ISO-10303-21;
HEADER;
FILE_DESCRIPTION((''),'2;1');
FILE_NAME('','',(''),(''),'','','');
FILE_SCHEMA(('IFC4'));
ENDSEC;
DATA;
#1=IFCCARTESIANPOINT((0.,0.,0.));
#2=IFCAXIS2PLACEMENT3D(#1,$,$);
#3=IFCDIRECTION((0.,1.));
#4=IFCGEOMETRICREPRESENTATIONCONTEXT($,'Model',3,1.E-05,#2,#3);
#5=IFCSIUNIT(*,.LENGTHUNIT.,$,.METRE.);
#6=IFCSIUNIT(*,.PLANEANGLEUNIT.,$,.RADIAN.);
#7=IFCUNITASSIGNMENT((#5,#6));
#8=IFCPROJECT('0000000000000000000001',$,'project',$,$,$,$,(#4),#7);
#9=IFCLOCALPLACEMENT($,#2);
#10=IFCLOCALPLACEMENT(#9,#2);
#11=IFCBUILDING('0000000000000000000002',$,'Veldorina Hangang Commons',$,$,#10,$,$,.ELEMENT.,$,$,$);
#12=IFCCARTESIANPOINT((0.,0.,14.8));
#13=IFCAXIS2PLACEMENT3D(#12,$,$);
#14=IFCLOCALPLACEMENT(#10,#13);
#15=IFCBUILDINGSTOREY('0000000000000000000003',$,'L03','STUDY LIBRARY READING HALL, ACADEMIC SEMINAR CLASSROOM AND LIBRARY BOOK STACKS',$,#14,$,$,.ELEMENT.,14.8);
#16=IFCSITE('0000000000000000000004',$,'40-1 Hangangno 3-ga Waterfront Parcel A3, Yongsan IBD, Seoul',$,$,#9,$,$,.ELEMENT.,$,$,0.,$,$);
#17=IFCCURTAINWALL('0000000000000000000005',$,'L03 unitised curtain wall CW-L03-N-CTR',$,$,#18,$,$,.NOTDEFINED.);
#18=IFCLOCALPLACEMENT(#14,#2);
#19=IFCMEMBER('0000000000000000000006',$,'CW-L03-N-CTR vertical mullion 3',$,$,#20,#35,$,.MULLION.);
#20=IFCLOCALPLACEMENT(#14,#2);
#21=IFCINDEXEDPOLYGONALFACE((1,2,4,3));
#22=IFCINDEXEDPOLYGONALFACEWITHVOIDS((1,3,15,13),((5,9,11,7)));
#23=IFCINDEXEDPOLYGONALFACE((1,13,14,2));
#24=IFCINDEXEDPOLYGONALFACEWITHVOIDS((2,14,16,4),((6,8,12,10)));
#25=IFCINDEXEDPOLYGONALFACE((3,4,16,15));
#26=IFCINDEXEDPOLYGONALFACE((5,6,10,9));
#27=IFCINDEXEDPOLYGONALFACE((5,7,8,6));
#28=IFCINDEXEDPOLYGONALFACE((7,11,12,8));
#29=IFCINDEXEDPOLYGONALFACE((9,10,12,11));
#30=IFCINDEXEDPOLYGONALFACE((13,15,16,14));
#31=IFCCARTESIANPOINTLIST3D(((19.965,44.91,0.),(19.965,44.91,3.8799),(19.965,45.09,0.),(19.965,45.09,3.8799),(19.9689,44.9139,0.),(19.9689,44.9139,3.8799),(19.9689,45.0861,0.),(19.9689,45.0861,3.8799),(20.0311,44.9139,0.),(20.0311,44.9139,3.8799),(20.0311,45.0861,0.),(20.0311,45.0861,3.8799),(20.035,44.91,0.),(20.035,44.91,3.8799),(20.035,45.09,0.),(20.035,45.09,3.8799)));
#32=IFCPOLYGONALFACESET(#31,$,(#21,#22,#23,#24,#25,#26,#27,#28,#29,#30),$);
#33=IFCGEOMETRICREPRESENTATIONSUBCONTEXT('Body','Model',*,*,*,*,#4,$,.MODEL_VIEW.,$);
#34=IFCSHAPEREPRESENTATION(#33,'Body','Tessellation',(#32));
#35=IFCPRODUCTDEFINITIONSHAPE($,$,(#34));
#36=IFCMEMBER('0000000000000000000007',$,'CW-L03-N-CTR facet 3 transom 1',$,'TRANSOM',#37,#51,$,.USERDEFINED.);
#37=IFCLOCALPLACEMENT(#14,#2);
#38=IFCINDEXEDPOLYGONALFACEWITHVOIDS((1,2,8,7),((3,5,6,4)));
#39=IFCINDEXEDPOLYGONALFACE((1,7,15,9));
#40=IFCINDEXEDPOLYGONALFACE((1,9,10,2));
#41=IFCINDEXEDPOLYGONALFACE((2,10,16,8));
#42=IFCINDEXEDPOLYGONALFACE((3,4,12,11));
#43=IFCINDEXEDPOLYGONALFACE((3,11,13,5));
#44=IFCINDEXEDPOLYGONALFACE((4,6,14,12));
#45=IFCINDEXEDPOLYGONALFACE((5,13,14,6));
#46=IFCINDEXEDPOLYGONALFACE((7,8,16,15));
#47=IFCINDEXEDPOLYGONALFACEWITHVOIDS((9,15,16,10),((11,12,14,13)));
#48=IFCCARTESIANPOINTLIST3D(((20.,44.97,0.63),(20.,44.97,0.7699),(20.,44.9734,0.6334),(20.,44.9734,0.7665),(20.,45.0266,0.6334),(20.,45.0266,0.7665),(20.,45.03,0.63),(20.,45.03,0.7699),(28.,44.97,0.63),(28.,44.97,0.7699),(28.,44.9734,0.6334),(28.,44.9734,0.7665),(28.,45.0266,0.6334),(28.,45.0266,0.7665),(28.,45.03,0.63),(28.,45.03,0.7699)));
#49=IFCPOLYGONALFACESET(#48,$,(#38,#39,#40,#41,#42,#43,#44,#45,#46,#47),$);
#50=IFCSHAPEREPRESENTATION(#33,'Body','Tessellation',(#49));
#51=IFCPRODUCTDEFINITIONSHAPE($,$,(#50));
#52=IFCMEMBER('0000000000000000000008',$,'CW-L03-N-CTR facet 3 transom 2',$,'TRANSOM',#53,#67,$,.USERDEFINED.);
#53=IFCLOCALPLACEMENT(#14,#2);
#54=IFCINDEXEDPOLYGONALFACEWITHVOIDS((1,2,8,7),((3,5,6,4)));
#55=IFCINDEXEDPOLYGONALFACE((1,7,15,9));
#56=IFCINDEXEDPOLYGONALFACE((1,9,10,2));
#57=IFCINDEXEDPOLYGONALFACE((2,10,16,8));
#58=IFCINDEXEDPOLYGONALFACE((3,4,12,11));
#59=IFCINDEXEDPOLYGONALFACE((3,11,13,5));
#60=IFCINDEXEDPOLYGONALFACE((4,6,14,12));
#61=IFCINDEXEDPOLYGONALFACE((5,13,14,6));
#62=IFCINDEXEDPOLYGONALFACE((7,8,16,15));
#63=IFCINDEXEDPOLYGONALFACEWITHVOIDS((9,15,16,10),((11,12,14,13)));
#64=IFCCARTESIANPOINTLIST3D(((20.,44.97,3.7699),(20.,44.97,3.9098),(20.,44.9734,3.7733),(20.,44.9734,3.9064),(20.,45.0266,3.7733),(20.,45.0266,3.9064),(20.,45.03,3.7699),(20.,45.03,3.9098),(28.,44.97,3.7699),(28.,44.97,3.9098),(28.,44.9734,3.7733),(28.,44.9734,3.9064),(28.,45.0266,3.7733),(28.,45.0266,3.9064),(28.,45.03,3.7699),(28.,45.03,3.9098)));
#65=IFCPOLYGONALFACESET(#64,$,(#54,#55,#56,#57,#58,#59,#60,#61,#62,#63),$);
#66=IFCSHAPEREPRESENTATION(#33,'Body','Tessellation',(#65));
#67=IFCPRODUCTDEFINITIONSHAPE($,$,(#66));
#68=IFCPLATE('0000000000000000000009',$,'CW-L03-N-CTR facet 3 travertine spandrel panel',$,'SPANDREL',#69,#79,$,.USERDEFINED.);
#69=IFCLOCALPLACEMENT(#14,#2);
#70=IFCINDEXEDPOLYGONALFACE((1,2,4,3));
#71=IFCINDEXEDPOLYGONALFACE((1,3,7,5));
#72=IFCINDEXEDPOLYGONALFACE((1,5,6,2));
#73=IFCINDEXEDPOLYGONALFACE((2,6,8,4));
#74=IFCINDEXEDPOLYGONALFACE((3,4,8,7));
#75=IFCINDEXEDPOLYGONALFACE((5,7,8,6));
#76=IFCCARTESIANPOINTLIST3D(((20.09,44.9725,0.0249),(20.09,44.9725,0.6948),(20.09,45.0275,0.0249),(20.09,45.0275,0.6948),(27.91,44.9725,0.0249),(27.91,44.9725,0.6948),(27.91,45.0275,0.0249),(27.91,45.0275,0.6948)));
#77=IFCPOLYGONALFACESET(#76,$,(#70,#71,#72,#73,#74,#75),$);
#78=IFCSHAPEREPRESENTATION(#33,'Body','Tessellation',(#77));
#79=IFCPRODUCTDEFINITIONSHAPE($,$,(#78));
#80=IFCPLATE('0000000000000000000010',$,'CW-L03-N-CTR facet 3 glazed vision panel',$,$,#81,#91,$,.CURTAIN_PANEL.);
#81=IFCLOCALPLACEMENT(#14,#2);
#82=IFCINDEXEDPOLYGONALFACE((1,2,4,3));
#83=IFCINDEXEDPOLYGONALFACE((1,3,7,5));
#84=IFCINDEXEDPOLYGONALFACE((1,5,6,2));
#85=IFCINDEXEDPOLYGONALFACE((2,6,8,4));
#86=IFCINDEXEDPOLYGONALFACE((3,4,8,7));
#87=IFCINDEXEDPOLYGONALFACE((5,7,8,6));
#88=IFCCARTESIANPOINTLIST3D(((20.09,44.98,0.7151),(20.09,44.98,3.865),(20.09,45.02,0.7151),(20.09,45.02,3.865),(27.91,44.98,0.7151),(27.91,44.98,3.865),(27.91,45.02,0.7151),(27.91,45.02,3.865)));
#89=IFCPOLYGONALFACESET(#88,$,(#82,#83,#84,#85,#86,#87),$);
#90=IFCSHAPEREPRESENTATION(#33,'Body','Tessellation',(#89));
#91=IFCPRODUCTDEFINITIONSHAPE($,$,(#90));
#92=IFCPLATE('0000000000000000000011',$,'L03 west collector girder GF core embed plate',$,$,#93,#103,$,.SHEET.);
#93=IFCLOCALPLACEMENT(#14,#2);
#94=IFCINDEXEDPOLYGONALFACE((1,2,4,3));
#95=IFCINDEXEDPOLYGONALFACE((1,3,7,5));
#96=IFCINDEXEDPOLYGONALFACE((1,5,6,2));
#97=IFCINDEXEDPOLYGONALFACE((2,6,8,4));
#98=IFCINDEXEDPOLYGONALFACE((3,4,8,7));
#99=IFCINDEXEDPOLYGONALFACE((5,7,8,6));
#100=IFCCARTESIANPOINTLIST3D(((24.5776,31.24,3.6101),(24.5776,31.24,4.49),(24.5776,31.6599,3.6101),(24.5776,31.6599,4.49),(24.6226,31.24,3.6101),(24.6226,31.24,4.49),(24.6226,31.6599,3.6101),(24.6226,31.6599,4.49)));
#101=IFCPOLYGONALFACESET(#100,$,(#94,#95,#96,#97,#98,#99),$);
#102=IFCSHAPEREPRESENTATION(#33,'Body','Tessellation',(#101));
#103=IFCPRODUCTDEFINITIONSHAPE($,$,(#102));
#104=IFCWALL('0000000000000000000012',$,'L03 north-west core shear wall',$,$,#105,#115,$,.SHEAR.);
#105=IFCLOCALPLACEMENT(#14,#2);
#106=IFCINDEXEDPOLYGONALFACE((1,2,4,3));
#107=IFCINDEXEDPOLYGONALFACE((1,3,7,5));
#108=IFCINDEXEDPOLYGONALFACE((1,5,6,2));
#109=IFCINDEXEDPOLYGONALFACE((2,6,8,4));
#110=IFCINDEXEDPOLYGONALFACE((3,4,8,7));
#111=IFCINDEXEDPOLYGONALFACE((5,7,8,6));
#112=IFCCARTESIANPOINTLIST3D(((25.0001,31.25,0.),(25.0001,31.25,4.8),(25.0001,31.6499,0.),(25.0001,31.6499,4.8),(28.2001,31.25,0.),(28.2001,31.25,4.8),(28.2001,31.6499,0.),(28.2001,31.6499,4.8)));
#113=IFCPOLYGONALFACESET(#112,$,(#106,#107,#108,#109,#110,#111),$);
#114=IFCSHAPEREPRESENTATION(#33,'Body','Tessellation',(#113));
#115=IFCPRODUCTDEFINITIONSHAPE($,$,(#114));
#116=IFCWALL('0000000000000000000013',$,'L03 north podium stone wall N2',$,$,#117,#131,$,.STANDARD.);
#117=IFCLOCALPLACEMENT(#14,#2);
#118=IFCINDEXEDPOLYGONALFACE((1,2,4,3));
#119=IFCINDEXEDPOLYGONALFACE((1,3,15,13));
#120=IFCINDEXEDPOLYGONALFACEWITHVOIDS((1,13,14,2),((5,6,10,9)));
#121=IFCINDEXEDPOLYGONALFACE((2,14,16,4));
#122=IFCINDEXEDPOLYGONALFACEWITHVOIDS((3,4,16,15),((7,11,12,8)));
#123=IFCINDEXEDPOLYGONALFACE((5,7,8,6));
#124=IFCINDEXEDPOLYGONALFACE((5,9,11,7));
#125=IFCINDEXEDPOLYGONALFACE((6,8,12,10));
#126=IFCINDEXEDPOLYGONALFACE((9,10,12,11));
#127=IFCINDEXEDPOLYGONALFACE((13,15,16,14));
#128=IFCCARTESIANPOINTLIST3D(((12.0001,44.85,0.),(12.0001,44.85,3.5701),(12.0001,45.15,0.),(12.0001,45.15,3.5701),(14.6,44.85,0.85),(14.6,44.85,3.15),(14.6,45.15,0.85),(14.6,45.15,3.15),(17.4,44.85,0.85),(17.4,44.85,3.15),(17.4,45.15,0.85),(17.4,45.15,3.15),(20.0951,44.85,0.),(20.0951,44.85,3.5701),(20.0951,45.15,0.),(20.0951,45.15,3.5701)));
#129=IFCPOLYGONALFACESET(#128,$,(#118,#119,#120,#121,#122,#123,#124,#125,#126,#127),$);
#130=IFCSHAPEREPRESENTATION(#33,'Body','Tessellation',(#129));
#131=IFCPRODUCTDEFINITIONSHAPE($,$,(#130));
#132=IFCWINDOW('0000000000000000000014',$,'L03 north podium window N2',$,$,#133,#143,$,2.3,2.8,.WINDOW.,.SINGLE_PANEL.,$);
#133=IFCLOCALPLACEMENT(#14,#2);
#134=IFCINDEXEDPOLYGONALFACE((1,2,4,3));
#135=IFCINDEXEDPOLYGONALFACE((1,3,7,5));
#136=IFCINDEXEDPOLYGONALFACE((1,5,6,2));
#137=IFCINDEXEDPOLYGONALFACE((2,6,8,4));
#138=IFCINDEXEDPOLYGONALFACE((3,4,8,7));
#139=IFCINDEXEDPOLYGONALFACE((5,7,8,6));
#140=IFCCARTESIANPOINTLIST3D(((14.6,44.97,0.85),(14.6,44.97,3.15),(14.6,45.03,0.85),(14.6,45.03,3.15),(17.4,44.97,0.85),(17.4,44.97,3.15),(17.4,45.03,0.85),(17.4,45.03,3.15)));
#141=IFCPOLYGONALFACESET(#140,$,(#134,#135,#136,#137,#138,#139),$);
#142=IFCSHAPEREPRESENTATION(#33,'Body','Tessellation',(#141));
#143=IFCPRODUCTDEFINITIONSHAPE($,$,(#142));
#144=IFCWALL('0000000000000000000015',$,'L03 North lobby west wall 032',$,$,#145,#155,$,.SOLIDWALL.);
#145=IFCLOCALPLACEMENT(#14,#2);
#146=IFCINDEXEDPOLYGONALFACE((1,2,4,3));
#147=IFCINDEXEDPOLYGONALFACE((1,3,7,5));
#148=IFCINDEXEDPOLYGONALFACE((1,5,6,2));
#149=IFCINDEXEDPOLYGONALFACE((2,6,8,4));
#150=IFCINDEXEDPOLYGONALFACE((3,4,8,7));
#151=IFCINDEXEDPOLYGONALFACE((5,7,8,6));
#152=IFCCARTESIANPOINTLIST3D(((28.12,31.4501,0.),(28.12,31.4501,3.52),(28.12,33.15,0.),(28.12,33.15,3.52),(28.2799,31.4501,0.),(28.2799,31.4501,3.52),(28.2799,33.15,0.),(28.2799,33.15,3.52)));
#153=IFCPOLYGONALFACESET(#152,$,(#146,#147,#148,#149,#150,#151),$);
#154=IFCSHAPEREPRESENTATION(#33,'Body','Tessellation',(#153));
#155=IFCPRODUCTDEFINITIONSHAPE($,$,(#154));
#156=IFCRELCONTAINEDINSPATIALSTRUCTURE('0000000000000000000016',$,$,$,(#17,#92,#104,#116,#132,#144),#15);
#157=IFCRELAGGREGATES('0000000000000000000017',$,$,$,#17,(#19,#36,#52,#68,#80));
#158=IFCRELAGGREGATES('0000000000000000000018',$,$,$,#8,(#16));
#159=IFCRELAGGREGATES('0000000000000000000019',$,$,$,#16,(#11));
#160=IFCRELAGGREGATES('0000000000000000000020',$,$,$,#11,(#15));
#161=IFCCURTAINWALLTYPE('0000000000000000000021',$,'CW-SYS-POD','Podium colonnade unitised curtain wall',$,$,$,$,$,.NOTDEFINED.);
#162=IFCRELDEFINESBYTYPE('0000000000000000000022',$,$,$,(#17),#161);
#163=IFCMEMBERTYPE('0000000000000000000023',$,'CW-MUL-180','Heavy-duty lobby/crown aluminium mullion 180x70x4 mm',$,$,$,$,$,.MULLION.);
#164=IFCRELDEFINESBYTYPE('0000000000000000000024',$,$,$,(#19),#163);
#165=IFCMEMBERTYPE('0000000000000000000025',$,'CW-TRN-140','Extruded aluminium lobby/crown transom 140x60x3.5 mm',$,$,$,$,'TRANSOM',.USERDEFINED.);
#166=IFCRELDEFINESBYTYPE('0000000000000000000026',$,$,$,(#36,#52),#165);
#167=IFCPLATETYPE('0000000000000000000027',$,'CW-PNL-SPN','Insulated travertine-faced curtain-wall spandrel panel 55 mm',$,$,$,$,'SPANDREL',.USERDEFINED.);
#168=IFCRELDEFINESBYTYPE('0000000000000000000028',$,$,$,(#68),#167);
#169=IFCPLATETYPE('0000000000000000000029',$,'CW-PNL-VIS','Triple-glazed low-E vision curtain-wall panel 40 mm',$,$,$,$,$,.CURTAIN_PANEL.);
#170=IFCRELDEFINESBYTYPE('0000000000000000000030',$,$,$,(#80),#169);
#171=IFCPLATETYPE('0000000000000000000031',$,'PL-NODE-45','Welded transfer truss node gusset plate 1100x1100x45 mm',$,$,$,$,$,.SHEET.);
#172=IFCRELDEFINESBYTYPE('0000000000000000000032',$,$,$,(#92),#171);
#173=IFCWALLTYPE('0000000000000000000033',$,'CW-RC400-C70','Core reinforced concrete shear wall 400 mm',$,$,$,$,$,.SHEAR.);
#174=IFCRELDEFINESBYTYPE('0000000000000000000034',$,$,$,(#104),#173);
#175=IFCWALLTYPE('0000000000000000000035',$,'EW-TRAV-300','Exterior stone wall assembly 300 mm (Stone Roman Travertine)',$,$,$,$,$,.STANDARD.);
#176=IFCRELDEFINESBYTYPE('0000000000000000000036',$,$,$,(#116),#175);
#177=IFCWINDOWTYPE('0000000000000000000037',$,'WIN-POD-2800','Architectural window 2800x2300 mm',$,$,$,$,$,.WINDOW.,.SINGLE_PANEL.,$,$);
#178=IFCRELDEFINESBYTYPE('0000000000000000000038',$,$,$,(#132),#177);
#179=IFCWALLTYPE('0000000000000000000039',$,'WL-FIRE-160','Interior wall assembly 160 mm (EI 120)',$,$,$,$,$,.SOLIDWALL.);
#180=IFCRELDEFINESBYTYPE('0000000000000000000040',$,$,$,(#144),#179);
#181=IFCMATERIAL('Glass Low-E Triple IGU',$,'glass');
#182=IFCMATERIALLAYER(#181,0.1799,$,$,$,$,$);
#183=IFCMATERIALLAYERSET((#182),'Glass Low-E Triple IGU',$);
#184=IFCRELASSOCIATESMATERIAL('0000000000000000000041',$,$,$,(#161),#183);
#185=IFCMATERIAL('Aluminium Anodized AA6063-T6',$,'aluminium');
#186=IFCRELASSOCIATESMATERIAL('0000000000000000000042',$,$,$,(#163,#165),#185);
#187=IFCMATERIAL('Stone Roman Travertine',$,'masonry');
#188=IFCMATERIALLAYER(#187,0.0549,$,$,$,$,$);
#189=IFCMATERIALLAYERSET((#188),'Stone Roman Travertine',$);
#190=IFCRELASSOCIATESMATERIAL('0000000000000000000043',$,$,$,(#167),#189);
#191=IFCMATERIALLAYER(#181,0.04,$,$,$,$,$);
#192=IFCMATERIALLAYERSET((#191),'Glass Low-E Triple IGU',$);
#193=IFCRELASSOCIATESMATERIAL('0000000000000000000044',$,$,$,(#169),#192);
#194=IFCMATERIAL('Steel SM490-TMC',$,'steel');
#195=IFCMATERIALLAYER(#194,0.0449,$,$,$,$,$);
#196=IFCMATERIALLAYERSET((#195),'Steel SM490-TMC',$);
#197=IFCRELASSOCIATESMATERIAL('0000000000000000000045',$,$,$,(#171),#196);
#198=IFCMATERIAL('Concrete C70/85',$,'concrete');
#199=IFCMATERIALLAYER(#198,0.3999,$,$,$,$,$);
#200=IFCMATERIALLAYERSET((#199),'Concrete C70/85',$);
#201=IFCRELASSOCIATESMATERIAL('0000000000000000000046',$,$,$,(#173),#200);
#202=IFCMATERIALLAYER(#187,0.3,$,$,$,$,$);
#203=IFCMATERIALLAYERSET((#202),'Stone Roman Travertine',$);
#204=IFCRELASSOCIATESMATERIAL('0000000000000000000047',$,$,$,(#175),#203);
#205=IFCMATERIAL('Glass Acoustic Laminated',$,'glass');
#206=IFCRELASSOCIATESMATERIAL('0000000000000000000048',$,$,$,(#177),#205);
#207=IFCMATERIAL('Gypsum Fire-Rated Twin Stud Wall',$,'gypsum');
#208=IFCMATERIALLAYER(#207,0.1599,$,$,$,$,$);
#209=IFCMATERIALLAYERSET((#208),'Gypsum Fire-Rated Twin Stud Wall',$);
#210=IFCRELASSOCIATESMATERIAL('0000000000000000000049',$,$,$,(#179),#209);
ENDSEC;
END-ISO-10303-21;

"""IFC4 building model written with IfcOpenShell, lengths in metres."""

from ifc_helpers import new_model, si_unit, direction, frame, frame_2d, origin, origin_2d, place, context, subcontext, project, spatial, rectangle, hollow_rectangle, extrude, material, layer, layer_set, material_profile, profile_set, type_object, element, fill, aggregate, save


model = new_model("IFC4")

# Units and contexts
model_context = context("Model", 3, precision=1e-05, world=origin(), true_north=direction((0.0, 1.0)))
body_context = subcontext(model_context, "Body", "Model", "MODEL_VIEW")
ifc_project = project(units=[si_unit("LENGTHUNIT", "METRE"), si_unit("PLANEANGLEUNIT", "RADIAN")], contexts=[model_context])

# Site, building, storey
site_placement = place(None, origin())
site = spatial("IfcSite", under=ifc_project, at=site_placement, Name="40-1 Hangangno 3-ga Waterfront Parcel A3, Yongsan IBD, Seoul", CompositionType="ELEMENT", RefElevation=0.0)
building_placement = place(site_placement, origin())
building = spatial("IfcBuilding", under=site, at=building_placement, Name="Veldorina Hangang Commons", CompositionType="ELEMENT")
storey_placement = place(building_placement, frame((0.0, 0.0, 14.8)))
storey = spatial("IfcBuildingStorey", under=building, at=storey_placement, Name="L03", Description="STUDY LIBRARY READING HALL, ACADEMIC SEMINAR CLASSROOM AND LIBRARY BOOK STACKS", CompositionType="ELEMENT", Elevation=14.8)

# Shared definitions
ifc_material_1 = material(Name="Concrete C70/85", Category="concrete")

# Curtain wall, members, plates
ifc_material_2 = material(Name="Glass Low-E Triple IGU", Category="glass")
ifc_layer_1 = layer(ifc_material_2, 0.1799)
ifc_layer_set_1 = layer_set([ifc_layer_1], Name="Glass Low-E Triple IGU")
curtain_wall_type = type_object("IfcCurtainWallType", Name="CW-SYS-POD", Description="Podium colonnade unitised curtain wall", PredefinedType="NOTDEFINED", material=ifc_layer_set_1)
curtain_wall_placement = place(storey_placement, origin())
curtain_wall = element("IfcCurtainWall", 1, at=curtain_wall_placement, inside=storey, type_object=curtain_wall_type, Name="L03 unitised curtain wall CW-L03-N-CTR", PredefinedType="NOTDEFINED")
ifc_material_3 = material(Name="Aluminium Anodized AA6063-T6", Category="aluminium")
ifc_material_profile_1 = material_profile(ifc_material_3, hollow_rectangle(XDim=0.0701, YDim=0.1799, WallThickness=0.0039, at=origin_2d()), Name="ALU-RHS-180x70x4")
ifc_profile_set_1 = profile_set([ifc_material_profile_1], Name="Aluminium Anodized AA6063-T6")
member_type_1 = type_object("IfcMemberType", Name="CW-MUL-180", Description="Heavy-duty lobby/crown aluminium mullion 180x70x4 mm", PredefinedType="MULLION", material=ifc_profile_set_1)
member_1_placement = place(storey_placement, frame((20.0, 45.0, 0.0), z_axis=(0.0, 0.0, 1.0), x_axis=(1.0, 0.0, 0.0)))
member_1 = element("IfcMember", 2, at=member_1_placement, type_object=member_type_1, Name="CW-L03-N-CTR vertical mullion 3", PredefinedType="MULLION", context=body_context, shape_type="SweptSolid", body=[
    extrude(hollow_rectangle(XDim=0.0701, YDim=0.1799, WallThickness=0.0039, at=origin_2d()), origin(), (0.0, 0.0, 1.0), 3.8799),
])
ifc_material_profile_2 = material_profile(ifc_material_3, hollow_rectangle(XDim=0.0601, YDim=0.1399, WallThickness=0.0034, at=origin_2d()), Name="ALU-RHS-140x60x3.5")
ifc_profile_set_2 = profile_set([ifc_material_profile_2], Name="Aluminium Anodized AA6063-T6")
member_type_2 = type_object("IfcMemberType", Name="CW-TRN-140", Description="Extruded aluminium lobby/crown transom 140x60x3.5 mm", ElementType="TRANSOM", PredefinedType="USERDEFINED", material=ifc_profile_set_2)
member_2_placement = place(storey_placement, frame((28.0, 45.0, 0.7), z_axis=(-1.0, 0.0, 0.0), x_axis=(0.0, -1.0, 0.0)))
member_2 = element("IfcMember", 3, at=member_2_placement, type_object=member_type_2, Name="CW-L03-N-CTR facet 3 transom 1", ObjectType="TRANSOM", PredefinedType="USERDEFINED", context=body_context, shape_type="SweptSolid", body=[
    extrude(hollow_rectangle(XDim=0.0601, YDim=0.1399, WallThickness=0.0034, at=origin_2d()), origin(), (0.0, 0.0, 1.0), 8.0),
])
member_3_placement = place(storey_placement, frame((28.0, 45.0, 3.8398), z_axis=(-1.0, 0.0, 0.0), x_axis=(0.0, -1.0, 0.0)))
member_3 = element("IfcMember", 4, at=member_3_placement, type_object=member_type_2, Name="CW-L03-N-CTR facet 3 transom 2", ObjectType="TRANSOM", PredefinedType="USERDEFINED", context=body_context, shape_type="SweptSolid", body=[
    extrude(hollow_rectangle(XDim=0.0601, YDim=0.1399, WallThickness=0.0034, at=origin_2d()), origin(), (0.0, 0.0, 1.0), 8.0),
])
ifc_material_4 = material(Name="Stone Roman Travertine", Category="masonry")
ifc_layer_2 = layer(ifc_material_4, 0.0549)
ifc_layer_set_2 = layer_set([ifc_layer_2], Name="Stone Roman Travertine")
plate_type_1 = type_object("IfcPlateType", Name="CW-PNL-SPN", Description="Insulated travertine-faced curtain-wall spandrel panel 55 mm", ElementType="SPANDREL", PredefinedType="USERDEFINED", material=ifc_layer_set_2)
plate_1_placement = place(storey_placement, frame((24.0, 45.0, 0.0249), z_axis=(0.0, 0.0, 1.0), x_axis=(-1.0, 0.0, 0.0)))
plate_1 = element("IfcPlate", 5, at=plate_1_placement, type_object=plate_type_1, Name="CW-L03-N-CTR facet 3 travertine spandrel panel", ObjectType="SPANDREL", PredefinedType="USERDEFINED", context=body_context, shape_type="SweptSolid", body=[
    extrude(rectangle(XDim=7.8201, YDim=0.0549, at=origin_2d()), origin(), (0.0, 0.0, 1.0), 0.6699),
])
ifc_layer_3 = layer(ifc_material_2, 0.04)
ifc_layer_set_3 = layer_set([ifc_layer_3], Name="Glass Low-E Triple IGU")
plate_type_2 = type_object("IfcPlateType", Name="CW-PNL-VIS", Description="Triple-glazed low-E vision curtain-wall panel 40 mm", PredefinedType="CURTAIN_PANEL", material=ifc_layer_set_3)
plate_2_placement = place(storey_placement, frame((24.0, 45.0, 0.7151), z_axis=(0.0, 0.0, 1.0), x_axis=(-1.0, 0.0, 0.0)))
plate_2 = element("IfcPlate", 6, at=plate_2_placement, type_object=plate_type_2, Name="CW-L03-N-CTR facet 3 glazed vision panel", PredefinedType="CURTAIN_PANEL", context=body_context, shape_type="SweptSolid", body=[
    extrude(rectangle(XDim=7.8201, YDim=0.04, at=origin_2d()), origin(), (0.0, 0.0, 1.0), 3.1499),
])
aggregate(curtain_wall, [member_1, member_2, member_3, plate_1, plate_2])

# Plate
ifc_material_5 = material(Name="Steel SM490-TMC", Category="steel")
ifc_layer_4 = layer(ifc_material_5, 0.0449)
ifc_layer_set_4 = layer_set([ifc_layer_4], Name="Steel SM490-TMC")
plate_type_3 = type_object("IfcPlateType", Name="PL-NODE-45", Description="Welded transfer truss node gusset plate 1100x1100x45 mm", PredefinedType="SHEET", material=ifc_layer_set_4)
plate_3_placement = place(storey_placement, frame((24.6001, 31.45, 3.6101), z_axis=(0.0, 0.0, 1.0), x_axis=(1.0, 0.0, 0.0)))
element("IfcPlate", 7, at=plate_3_placement, inside=storey, type_object=plate_type_3, Name="L03 west collector girder GF core embed plate", PredefinedType="SHEET", context=body_context, shape_type="SweptSolid", body=[
    extrude(rectangle(XDim=0.0449, YDim=0.4199, at=origin_2d()), origin(), (0.0, 0.0, 1.0), 0.8799),
])

# Wall
ifc_layer_5 = layer(ifc_material_1, 0.3999)
ifc_layer_set_5 = layer_set([ifc_layer_5], Name="Concrete C70/85")
wall_type_1 = type_object("IfcWallType", Name="CW-RC400-C70", Description="Core reinforced concrete shear wall 400 mm", PredefinedType="SHEAR", material=ifc_layer_set_5)
wall_1_placement = place(storey_placement, frame((25.0, 31.45, 0.0), z_axis=(0.0, 0.0, 1.0), x_axis=(1.0, 0.0, 0.0)))
element("IfcWall", 8, at=wall_1_placement, inside=storey, type_object=wall_type_1, Name="L03 north-west core shear wall", PredefinedType="SHEAR", context=body_context, shape_type="SweptSolid", body=[
    extrude(rectangle(XDim=3.2, YDim=0.3999, at=frame_2d((1.6001, 0.0))), origin(), (0.0, 0.0, 1.0), 4.8),
])

# Wall, opening, window
ifc_layer_6 = layer(ifc_material_4, 0.3)
ifc_layer_set_6 = layer_set([ifc_layer_6], Name="Stone Roman Travertine")
wall_type_2 = type_object("IfcWallType", Name="EW-TRAV-300", Description="Exterior stone wall assembly 300 mm (Stone Roman Travertine)", PredefinedType="STANDARD", material=ifc_layer_set_6)
wall_2_placement = place(storey_placement, frame((20.095, 45.0, 0.0), z_axis=(0.0, 0.0, 1.0), x_axis=(-1.0, 0.0, 0.0)))
wall_2 = element("IfcWall", 9, at=wall_2_placement, inside=storey, type_object=wall_type_2, Name="L03 north podium stone wall N2", PredefinedType="STANDARD", context=body_context, shape_type="SweptSolid", body=[
    extrude(rectangle(XDim=8.095, YDim=0.3, at=frame_2d((4.0474, 0.0))), origin(), (0.0, 0.0, 1.0), 3.5701),
])
opening_1_placement = place(wall_2_placement, frame((2.6951, 0.0, 0.8501)))
opening_1 = element("IfcOpeningElement", 10, at=opening_1_placement, cuts=wall_2, PredefinedType="OPENING", context=body_context, shape_type="SweptSolid", body=[
    extrude(rectangle(XDim=2.8, YDim=2.3, at=frame_2d((1.3999, 1.1499))), frame((0.0, 0.1602, 0.0), z_axis=(0.0, -1.0, 0.0), x_axis=(1.0, 0.0, 0.0)), (0.0, 0.0, 1.0), 0.3201),
])
ifc_material_6 = material(Name="Glass Acoustic Laminated", Category="glass")
window_type = type_object("IfcWindowType", Name="WIN-POD-2800", Description="Architectural window 2800x2300 mm", PartitioningType="SINGLE_PANEL", PredefinedType="WINDOW", material=ifc_material_6)
window_placement = place(opening_1_placement, origin())
window = element("IfcWindow", 11, at=window_placement, inside=storey, type_object=window_type, Name="L03 north podium window N2", OverallHeight=2.3, OverallWidth=2.8, PartitioningType="SINGLE_PANEL", PredefinedType="WINDOW", context=body_context, shape_type="SweptSolid", body=[
    extrude(rectangle(XDim=2.8, YDim=2.3, at=frame_2d((1.3999, 1.1499))), frame((0.0, 0.03, 0.0), z_axis=(0.0, -1.0, 0.0), x_axis=(1.0, 0.0, 0.0)), (0.0, 0.0, 1.0), 0.0601),
])
fill(opening_1, window)

# Wall
ifc_material_7 = material(Name="Gypsum Fire-Rated Twin Stud Wall", Category="gypsum")
ifc_layer_7 = layer(ifc_material_7, 0.1599)
ifc_layer_set_7 = layer_set([ifc_layer_7], Name="Gypsum Fire-Rated Twin Stud Wall")
wall_type_3 = type_object("IfcWallType", Name="WL-FIRE-160", Description="Interior wall assembly 160 mm (EI 120)", PredefinedType="SOLIDWALL", material=ifc_layer_set_7)
wall_3_placement = place(storey_placement, frame((28.2, 31.45, 0.0), z_axis=(0.0, 0.0, 1.0), x_axis=(0.0, 1.0, 0.0)))
element("IfcWall", 12, at=wall_3_placement, inside=storey, type_object=wall_type_3, Name="L03 North lobby west wall 032", PredefinedType="SOLIDWALL", context=body_context, shape_type="SweptSolid", body=[
    extrude(rectangle(XDim=1.7, YDim=0.1599, at=frame_2d((0.8501, 0.0))), origin(), (0.0, 0.0, 1.0), 3.52),
])

save(model, "model.ifc")
